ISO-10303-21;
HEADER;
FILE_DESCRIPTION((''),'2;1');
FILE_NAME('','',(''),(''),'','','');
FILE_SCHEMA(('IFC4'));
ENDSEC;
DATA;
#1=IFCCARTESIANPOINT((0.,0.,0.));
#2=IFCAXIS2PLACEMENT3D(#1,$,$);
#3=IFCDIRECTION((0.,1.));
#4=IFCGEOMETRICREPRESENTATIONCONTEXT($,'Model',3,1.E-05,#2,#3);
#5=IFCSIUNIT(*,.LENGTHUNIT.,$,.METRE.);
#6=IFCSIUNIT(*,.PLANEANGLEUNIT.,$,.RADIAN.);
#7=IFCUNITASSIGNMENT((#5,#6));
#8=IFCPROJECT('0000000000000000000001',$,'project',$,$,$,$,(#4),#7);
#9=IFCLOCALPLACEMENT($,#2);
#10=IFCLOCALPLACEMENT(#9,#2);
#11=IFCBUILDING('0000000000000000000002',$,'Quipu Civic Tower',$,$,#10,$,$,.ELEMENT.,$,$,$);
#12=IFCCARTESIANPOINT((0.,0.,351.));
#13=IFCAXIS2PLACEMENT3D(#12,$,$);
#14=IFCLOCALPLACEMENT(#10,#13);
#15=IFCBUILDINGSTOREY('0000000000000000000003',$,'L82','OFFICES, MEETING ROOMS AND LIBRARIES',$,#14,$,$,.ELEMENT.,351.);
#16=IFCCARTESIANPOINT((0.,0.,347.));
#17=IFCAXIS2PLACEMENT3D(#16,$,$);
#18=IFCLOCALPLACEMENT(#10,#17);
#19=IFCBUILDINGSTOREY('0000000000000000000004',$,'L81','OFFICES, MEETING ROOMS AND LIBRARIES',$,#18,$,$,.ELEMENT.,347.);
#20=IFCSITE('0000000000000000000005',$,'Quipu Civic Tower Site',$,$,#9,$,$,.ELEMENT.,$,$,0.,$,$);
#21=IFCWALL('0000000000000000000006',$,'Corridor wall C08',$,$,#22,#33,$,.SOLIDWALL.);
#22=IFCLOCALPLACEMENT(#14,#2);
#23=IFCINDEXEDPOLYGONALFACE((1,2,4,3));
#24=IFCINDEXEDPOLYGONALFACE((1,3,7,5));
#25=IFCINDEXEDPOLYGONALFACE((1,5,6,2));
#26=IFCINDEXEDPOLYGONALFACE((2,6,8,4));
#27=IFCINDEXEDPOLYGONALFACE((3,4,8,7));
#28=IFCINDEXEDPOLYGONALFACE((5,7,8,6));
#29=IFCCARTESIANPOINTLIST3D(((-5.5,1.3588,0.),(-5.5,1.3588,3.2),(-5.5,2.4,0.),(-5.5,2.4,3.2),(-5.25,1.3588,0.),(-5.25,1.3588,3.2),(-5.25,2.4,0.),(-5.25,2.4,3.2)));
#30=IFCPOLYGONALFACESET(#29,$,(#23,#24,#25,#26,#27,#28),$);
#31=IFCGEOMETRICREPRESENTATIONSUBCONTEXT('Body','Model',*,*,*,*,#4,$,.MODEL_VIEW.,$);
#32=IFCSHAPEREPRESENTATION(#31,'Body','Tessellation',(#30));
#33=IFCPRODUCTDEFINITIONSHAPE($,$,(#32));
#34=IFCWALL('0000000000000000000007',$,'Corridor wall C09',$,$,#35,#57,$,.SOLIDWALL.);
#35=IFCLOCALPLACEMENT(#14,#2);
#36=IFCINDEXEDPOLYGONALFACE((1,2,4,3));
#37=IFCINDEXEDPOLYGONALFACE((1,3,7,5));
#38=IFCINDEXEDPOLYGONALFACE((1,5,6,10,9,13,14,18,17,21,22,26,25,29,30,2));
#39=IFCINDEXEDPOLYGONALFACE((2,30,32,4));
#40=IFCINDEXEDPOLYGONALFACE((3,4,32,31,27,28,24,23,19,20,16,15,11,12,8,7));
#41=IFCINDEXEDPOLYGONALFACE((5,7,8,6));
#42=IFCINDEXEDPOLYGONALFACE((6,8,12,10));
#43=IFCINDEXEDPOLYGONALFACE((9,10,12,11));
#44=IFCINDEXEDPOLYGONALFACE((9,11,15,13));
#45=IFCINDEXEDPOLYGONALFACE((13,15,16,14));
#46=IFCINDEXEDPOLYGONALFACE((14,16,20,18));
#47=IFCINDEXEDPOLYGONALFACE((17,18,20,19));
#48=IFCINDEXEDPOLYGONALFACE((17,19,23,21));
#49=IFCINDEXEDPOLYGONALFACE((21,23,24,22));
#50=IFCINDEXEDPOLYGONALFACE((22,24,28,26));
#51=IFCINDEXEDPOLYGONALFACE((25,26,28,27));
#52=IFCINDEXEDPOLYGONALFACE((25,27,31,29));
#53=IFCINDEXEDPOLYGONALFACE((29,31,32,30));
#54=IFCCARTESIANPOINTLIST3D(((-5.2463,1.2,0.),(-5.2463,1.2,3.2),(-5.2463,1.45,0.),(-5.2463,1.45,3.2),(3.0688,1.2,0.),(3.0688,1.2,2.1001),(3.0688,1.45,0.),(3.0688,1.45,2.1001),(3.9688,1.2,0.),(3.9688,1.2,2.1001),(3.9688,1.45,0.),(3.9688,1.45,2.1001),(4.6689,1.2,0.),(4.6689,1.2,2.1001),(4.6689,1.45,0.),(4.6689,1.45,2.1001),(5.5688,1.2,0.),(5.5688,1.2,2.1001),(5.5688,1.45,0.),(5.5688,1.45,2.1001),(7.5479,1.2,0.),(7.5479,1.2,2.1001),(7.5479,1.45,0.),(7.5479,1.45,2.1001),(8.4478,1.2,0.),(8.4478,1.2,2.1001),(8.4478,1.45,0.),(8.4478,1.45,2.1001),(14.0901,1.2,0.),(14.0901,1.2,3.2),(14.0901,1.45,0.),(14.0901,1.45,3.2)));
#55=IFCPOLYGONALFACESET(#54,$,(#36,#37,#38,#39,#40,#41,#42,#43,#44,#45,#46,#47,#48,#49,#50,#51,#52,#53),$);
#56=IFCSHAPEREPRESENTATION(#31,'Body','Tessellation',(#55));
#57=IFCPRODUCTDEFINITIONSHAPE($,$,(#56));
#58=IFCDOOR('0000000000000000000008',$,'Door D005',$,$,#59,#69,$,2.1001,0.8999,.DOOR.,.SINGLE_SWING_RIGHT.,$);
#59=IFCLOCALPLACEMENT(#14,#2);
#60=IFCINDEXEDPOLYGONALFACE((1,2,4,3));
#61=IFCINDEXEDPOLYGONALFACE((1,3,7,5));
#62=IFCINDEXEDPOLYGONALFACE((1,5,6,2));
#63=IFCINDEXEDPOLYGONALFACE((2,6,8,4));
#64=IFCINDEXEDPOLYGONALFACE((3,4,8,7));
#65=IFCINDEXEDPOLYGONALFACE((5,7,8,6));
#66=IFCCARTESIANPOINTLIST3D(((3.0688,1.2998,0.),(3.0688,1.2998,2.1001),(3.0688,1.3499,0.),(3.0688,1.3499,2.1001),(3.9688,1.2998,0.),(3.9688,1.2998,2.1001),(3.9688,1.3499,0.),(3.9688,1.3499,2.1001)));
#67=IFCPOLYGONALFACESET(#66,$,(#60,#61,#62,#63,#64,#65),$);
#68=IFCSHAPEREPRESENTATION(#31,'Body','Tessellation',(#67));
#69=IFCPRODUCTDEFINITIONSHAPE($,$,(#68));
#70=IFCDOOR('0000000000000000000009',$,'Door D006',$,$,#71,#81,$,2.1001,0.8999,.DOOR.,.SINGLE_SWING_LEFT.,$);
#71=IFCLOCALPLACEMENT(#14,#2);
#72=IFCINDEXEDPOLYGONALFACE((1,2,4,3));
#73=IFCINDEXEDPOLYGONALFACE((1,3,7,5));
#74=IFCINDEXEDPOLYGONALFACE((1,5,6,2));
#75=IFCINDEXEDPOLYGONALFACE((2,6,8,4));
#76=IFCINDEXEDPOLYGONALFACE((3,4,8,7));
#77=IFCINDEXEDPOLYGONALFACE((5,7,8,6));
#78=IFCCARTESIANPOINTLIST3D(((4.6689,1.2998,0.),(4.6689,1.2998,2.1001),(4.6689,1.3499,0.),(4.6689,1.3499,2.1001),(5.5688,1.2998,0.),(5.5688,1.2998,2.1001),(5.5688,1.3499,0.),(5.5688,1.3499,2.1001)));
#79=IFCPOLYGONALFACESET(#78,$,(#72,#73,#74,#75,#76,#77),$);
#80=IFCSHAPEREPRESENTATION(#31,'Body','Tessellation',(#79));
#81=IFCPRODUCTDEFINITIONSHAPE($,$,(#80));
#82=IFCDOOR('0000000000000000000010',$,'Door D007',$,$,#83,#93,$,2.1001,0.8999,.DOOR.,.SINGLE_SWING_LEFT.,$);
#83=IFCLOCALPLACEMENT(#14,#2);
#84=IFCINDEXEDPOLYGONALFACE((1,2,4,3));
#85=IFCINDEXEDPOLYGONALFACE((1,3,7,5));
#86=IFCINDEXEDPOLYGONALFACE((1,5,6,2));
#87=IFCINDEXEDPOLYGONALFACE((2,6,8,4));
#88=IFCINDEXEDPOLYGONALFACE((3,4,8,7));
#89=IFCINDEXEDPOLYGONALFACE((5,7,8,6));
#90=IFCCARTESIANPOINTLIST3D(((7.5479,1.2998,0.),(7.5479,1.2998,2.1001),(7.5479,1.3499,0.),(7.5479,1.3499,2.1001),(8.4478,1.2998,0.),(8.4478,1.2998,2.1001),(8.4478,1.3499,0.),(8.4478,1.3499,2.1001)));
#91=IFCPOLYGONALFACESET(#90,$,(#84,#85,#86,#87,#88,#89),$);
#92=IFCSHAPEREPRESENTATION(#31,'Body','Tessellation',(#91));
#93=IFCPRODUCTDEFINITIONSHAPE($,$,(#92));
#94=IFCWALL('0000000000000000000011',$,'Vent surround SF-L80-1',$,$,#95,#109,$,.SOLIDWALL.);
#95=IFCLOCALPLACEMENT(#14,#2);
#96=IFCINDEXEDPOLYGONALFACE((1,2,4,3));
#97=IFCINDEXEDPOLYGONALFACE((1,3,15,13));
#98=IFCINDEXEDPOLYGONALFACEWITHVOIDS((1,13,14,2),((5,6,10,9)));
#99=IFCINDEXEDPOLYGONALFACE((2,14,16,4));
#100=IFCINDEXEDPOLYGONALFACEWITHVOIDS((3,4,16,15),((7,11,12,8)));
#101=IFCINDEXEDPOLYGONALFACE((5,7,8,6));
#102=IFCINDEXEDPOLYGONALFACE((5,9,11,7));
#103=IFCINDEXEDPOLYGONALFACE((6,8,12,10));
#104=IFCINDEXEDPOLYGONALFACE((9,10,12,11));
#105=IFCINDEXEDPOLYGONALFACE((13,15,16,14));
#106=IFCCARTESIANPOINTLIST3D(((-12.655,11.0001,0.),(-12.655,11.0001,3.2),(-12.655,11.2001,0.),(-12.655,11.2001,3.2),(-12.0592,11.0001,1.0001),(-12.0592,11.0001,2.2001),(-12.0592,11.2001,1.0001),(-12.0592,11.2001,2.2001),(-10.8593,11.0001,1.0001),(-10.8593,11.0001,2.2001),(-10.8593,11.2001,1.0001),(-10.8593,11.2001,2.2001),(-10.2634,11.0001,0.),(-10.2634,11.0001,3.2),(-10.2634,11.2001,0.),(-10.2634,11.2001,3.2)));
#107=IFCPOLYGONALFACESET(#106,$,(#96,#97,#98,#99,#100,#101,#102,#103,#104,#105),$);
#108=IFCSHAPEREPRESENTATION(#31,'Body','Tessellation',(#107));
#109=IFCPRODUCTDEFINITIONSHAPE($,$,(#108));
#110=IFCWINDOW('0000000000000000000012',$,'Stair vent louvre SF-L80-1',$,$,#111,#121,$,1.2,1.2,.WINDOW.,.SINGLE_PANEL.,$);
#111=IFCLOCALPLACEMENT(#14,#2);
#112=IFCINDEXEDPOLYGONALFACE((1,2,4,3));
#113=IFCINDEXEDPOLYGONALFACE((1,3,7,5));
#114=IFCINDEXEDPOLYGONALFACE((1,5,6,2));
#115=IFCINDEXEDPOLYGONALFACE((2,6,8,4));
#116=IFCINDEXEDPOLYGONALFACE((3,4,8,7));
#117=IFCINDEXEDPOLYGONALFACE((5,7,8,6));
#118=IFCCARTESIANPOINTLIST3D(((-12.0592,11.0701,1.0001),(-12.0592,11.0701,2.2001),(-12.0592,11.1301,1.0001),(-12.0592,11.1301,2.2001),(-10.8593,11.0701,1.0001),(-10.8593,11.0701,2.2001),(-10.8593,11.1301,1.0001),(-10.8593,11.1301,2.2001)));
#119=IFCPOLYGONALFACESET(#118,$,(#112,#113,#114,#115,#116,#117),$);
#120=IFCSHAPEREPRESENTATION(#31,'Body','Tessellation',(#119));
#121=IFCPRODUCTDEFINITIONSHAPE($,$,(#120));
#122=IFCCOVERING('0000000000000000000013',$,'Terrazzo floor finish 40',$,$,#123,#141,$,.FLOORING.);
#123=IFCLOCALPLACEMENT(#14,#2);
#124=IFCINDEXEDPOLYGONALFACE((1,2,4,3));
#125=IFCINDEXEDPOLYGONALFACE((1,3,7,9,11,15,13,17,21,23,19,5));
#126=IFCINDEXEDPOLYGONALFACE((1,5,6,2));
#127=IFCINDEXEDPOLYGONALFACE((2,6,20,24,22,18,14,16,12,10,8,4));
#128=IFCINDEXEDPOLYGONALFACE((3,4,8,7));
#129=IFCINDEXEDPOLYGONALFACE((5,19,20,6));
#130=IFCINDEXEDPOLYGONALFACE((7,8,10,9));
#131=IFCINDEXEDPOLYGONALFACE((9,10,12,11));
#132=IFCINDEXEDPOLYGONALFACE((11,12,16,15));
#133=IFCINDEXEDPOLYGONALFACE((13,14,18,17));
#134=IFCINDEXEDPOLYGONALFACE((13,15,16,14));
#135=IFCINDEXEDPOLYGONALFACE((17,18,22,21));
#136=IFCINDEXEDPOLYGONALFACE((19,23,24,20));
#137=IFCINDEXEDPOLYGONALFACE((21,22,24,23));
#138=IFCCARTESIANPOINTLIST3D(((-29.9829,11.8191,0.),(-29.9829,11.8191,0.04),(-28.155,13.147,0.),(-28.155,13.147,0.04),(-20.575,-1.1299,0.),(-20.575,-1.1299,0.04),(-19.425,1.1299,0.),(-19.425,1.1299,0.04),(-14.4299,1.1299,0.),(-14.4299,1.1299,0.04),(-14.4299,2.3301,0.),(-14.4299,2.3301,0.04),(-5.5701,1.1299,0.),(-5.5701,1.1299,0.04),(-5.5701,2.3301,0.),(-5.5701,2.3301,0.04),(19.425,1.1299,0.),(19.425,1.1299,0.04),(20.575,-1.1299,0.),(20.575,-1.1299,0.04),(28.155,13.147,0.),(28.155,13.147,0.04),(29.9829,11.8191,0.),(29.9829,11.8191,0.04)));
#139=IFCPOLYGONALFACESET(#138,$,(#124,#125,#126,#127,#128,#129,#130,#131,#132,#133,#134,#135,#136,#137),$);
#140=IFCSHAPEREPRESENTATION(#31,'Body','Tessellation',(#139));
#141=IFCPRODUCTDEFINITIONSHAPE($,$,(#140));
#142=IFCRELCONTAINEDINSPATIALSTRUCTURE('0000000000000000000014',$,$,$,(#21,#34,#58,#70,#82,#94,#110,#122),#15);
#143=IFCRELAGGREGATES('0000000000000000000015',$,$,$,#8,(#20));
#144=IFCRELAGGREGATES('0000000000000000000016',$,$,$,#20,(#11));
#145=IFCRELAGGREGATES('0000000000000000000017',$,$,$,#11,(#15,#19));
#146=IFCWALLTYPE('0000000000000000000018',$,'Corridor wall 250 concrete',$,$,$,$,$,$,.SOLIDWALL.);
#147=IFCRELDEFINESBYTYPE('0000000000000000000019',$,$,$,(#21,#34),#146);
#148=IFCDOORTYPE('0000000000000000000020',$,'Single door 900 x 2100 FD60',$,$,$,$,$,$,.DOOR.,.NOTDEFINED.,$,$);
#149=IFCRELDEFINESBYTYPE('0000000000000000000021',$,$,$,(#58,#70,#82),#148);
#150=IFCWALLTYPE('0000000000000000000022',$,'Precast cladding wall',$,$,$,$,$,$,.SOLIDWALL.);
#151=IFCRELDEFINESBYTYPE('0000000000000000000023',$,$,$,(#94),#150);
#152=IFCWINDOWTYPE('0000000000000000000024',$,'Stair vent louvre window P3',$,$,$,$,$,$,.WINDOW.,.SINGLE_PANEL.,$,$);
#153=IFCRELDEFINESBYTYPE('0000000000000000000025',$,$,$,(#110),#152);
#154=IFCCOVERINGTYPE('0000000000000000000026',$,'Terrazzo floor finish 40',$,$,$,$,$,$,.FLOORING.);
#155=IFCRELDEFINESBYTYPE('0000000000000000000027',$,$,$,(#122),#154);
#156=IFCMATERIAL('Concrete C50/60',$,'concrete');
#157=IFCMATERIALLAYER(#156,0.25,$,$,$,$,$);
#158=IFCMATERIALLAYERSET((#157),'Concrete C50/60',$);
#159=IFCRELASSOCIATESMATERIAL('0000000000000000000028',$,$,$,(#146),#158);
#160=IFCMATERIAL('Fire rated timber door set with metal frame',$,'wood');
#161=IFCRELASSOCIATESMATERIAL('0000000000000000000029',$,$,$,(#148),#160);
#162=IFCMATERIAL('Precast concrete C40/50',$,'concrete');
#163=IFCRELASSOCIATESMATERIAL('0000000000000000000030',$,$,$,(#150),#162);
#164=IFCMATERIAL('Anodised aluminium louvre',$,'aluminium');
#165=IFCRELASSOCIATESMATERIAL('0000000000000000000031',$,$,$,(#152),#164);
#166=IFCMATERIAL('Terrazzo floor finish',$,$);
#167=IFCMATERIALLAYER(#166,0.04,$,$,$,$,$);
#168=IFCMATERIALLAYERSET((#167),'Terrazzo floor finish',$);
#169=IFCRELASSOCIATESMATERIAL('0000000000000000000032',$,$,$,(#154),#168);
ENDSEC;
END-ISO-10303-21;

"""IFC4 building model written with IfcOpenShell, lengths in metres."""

from ifc_helpers import new_model, si_unit, direction, frame, frame_2d, origin, place, context, subcontext, project, spatial, polyline, rectangle, outline, extrude, material, layer, layer_set, type_object, element, fill, save


model = new_model("IFC4")

# Units and contexts
model_context = context("Model", 3, precision=1e-05, world=origin(), true_north=direction((0.0, 1.0)))
body_context = subcontext(model_context, "Body", "Model", "MODEL_VIEW")
ifc_project = project(units=[si_unit("LENGTHUNIT", "METRE"), si_unit("PLANEANGLEUNIT", "RADIAN")], contexts=[model_context])

# Site, building, storey
site_placement = place(None, origin())
site = spatial("IfcSite", under=ifc_project, at=site_placement, Name="Quipu Civic Tower Site", CompositionType="ELEMENT", RefElevation=0.0)
building_placement = place(site_placement, origin())
building = spatial("IfcBuilding", under=site, at=building_placement, Name="Quipu Civic Tower", CompositionType="ELEMENT")
storey_1_placement = place(building_placement, frame((0.0, 0.0, 351.0)))
storey_1 = spatial("IfcBuildingStorey", under=building, at=storey_1_placement, Name="L82", Description="OFFICES, MEETING ROOMS AND LIBRARIES", CompositionType="ELEMENT", Elevation=351.0)

# Shared definitions
storey_2_placement = place(building_placement, frame((0.0, 0.0, 347.0)))
storey_2 = spatial("IfcBuildingStorey", under=building, at=storey_2_placement, Name="L81", Description="OFFICES, MEETING ROOMS AND LIBRARIES", CompositionType="ELEMENT", Elevation=347.0)

# Wall
ifc_material_1 = material(Name="Concrete C50/60", Category="concrete")
ifc_layer_1 = layer(ifc_material_1, 0.25)
ifc_layer_set_1 = layer_set([ifc_layer_1], Name="Concrete C50/60")
wall_type_1 = type_object("IfcWallType", Name="Corridor wall 250 concrete", PredefinedType="SOLIDWALL", material=ifc_layer_set_1)
wall_1_placement = place(storey_1_placement, frame((-5.375, 2.3999, 0.0), z_axis=(0.0, 0.0, 1.0), x_axis=(0.0, -1.0, 0.0)))
element("IfcWall", 1, at=wall_1_placement, inside=storey_1, type_object=wall_type_1, Name="Corridor wall C08", PredefinedType="SOLIDWALL", context=body_context, shape_type="SweptSolid", body=[
    extrude(rectangle(XDim=1.0413, YDim=0.25, at=frame_2d((0.5205, 0.0))), origin(), (0.0, 0.0, 1.0), 3.2),
])

# Wall, openings, doors
wall_2_placement = place(storey_1_placement, frame((-5.2463, 1.325, 0.0), z_axis=(0.0, 0.0, 1.0), x_axis=(1.0, 0.0, 0.0)))
wall_2 = element("IfcWall", 2, at=wall_2_placement, inside=storey_1, type_object=wall_type_1, Name="Corridor wall C09", PredefinedType="SOLIDWALL", context=body_context, shape_type="SweptSolid", body=[
    extrude(rectangle(XDim=19.3364, YDim=0.25, at=frame_2d((9.6682, 0.0))), origin(), (0.0, 0.0, 1.0), 3.2),
])
opening_1_placement = place(wall_2_placement, frame((8.3152, 0.0, 0.0)))
opening_1 = element("IfcOpeningElement", 3, at=opening_1_placement, cuts=wall_2, PredefinedType="OPENING", context=body_context, shape_type="SweptSolid", body=[
    extrude(rectangle(XDim=0.8999, YDim=2.1001, at=frame_2d((0.45, 1.05))), frame((0.0, 0.135, 0.0), z_axis=(0.0, -1.0, 0.0), x_axis=(1.0, 0.0, 0.0)), (0.0, 0.0, 1.0), 0.27),
])
opening_2_placement = place(wall_2_placement, frame((9.9153, 0.0, 0.0)))
opening_2 = element("IfcOpeningElement", 4, at=opening_2_placement, cuts=wall_2, PredefinedType="OPENING", context=body_context, shape_type="SweptSolid", body=[
    extrude(rectangle(XDim=0.8999, YDim=2.1001, at=frame_2d((0.45, 1.05))), frame((0.0, 0.135, 0.0), z_axis=(0.0, -1.0, 0.0), x_axis=(1.0, 0.0, 0.0)), (0.0, 0.0, 1.0), 0.27),
])
opening_3_placement = place(wall_2_placement, frame((12.7942, 0.0, 0.0)))
opening_3 = element("IfcOpeningElement", 5, at=opening_3_placement, cuts=wall_2, PredefinedType="OPENING", context=body_context, shape_type="SweptSolid", body=[
    extrude(rectangle(XDim=0.8999, YDim=2.1001, at=frame_2d((0.45, 1.05))), frame((0.0, 0.135, 0.0), z_axis=(0.0, -1.0, 0.0), x_axis=(1.0, 0.0, 0.0)), (0.0, 0.0, 1.0), 0.27),
])
ifc_material_2 = material(Name="Fire rated timber door set with metal frame", Category="wood")
door_type = type_object("IfcDoorType", Name="Single door 900 x 2100 FD60", OperationType="NOTDEFINED", PredefinedType="DOOR", material=ifc_material_2)
door_1_placement = place(opening_1_placement, origin())
door_1 = element("IfcDoor", 6, at=door_1_placement, inside=storey_1, type_object=door_type, Name="Door D005", OperationType="SINGLE_SWING_RIGHT", OverallHeight=2.1001, OverallWidth=0.8999, PredefinedType="DOOR", context=body_context, shape_type="SweptSolid", body=[
    extrude(rectangle(XDim=0.8999, YDim=2.1001, at=frame_2d((0.45, 1.05))), frame((0.0, 0.0249, 0.0), z_axis=(0.0, -1.0, 0.0), x_axis=(1.0, 0.0, 0.0)), (0.0, 0.0, 1.0), 0.05),
])
fill(opening_1, door_1)
door_2_placement = place(opening_2_placement, origin())
door_2 = element("IfcDoor", 7, at=door_2_placement, inside=storey_1, type_object=door_type, Name="Door D006", OperationType="SINGLE_SWING_LEFT", OverallHeight=2.1001, OverallWidth=0.8999, PredefinedType="DOOR", context=body_context, shape_type="SweptSolid", body=[
    extrude(rectangle(XDim=0.8999, YDim=2.1001, at=frame_2d((0.45, 1.05))), frame((0.0, 0.0249, 0.0), z_axis=(0.0, -1.0, 0.0), x_axis=(1.0, 0.0, 0.0)), (0.0, 0.0, 1.0), 0.05),
])
fill(opening_2, door_2)
door_3_placement = place(opening_3_placement, origin())
door_3 = element("IfcDoor", 8, at=door_3_placement, inside=storey_1, type_object=door_type, Name="Door D007", OperationType="SINGLE_SWING_LEFT", OverallHeight=2.1001, OverallWidth=0.8999, PredefinedType="DOOR", context=body_context, shape_type="SweptSolid", body=[
    extrude(rectangle(XDim=0.8999, YDim=2.1001, at=frame_2d((0.45, 1.05))), frame((0.0, 0.0249, 0.0), z_axis=(0.0, -1.0, 0.0), x_axis=(1.0, 0.0, 0.0)), (0.0, 0.0, 1.0), 0.05),
])
fill(opening_3, door_3)

# Wall, opening, window
ifc_material_3 = material(Name="Precast concrete C40/50", Category="concrete")
wall_type_2 = type_object("IfcWallType", Name="Precast cladding wall", PredefinedType="SOLIDWALL", material=ifc_material_3)
wall_3_placement = place(storey_1_placement, frame((-10.2634, 11.1001, 0.0), z_axis=(0.0, 0.0, 1.0), x_axis=(-1.0, 0.0, 0.0)))
wall_3 = element("IfcWall", 9, at=wall_3_placement, inside=storey_1, type_object=wall_type_2, Name="Vent surround SF-L80-1", PredefinedType="SOLIDWALL", context=body_context, shape_type="SweptSolid", body=[
    extrude(rectangle(XDim=2.3916, YDim=0.2, at=frame_2d((1.1958, 0.0))), origin(), (0.0, 0.0, 1.0), 3.2),
])
opening_4_placement = place(wall_3_placement, frame((0.5957, 0.0, 1.0)))
opening_4 = element("IfcOpeningElement", 10, at=opening_4_placement, cuts=wall_3, PredefinedType="OPENING", context=body_context, shape_type="SweptSolid", body=[
    extrude(rectangle(XDim=1.2, YDim=1.2, at=frame_2d((0.6001, 0.6001))), frame((0.0, 0.1099, 0.0), z_axis=(0.0, -1.0, 0.0), x_axis=(1.0, 0.0, 0.0)), (0.0, 0.0, 1.0), 0.22),
])
ifc_material_4 = material(Name="Anodised aluminium louvre", Category="aluminium")
window_type = type_object("IfcWindowType", Name="Stair vent louvre window P3", PartitioningType="SINGLE_PANEL", PredefinedType="WINDOW", material=ifc_material_4)
window_placement = place(opening_4_placement, origin())
window = element("IfcWindow", 11, at=window_placement, inside=storey_1, type_object=window_type, Name="Stair vent louvre SF-L80-1", OverallHeight=1.2, OverallWidth=1.2, PartitioningType="SINGLE_PANEL", PredefinedType="WINDOW", context=body_context, shape_type="SweptSolid", body=[
    extrude(rectangle(XDim=1.2, YDim=1.2, at=frame_2d((0.6001, 0.6001))), frame((0.0, 0.03, 0.0), z_axis=(0.0, -1.0, 0.0), x_axis=(1.0, 0.0, 0.0)), (0.0, 0.0, 1.0), 0.0601),
])
fill(opening_4, window)

# Covering
ifc_material_5 = material(Name="Terrazzo floor finish")
ifc_layer_2 = layer(ifc_material_5, 0.04)
ifc_layer_set_2 = layer_set([ifc_layer_2], Name="Terrazzo floor finish")
covering_type = type_object("IfcCoveringType", Name="Terrazzo floor finish 40", PredefinedType="FLOORING", material=ifc_layer_set_2)
covering_placement = place(storey_1_placement, origin())
element("IfcCovering", 12, at=covering_placement, inside=storey_1, type_object=covering_type, Name="Terrazzo floor finish 40", PredefinedType="FLOORING", context=body_context, shape_type="SweptSolid", body=[
    extrude(outline(polyline([(19.425, 1.1299), (28.155, 13.147), (29.9829, 11.8191), (20.575, -1.1299), (-20.575, -1.1299), (-29.9829, 11.8191), (-28.155, 13.147), (-19.425, 1.1299), (-14.4299, 1.1299), (-14.4299, 2.3301), (-5.5701, 2.3301), (-5.5701, 1.1299), (19.425, 1.1299)])), origin(), (0.0, 0.0, 1.0), 0.04),
])

save(model, "model.ifc")
